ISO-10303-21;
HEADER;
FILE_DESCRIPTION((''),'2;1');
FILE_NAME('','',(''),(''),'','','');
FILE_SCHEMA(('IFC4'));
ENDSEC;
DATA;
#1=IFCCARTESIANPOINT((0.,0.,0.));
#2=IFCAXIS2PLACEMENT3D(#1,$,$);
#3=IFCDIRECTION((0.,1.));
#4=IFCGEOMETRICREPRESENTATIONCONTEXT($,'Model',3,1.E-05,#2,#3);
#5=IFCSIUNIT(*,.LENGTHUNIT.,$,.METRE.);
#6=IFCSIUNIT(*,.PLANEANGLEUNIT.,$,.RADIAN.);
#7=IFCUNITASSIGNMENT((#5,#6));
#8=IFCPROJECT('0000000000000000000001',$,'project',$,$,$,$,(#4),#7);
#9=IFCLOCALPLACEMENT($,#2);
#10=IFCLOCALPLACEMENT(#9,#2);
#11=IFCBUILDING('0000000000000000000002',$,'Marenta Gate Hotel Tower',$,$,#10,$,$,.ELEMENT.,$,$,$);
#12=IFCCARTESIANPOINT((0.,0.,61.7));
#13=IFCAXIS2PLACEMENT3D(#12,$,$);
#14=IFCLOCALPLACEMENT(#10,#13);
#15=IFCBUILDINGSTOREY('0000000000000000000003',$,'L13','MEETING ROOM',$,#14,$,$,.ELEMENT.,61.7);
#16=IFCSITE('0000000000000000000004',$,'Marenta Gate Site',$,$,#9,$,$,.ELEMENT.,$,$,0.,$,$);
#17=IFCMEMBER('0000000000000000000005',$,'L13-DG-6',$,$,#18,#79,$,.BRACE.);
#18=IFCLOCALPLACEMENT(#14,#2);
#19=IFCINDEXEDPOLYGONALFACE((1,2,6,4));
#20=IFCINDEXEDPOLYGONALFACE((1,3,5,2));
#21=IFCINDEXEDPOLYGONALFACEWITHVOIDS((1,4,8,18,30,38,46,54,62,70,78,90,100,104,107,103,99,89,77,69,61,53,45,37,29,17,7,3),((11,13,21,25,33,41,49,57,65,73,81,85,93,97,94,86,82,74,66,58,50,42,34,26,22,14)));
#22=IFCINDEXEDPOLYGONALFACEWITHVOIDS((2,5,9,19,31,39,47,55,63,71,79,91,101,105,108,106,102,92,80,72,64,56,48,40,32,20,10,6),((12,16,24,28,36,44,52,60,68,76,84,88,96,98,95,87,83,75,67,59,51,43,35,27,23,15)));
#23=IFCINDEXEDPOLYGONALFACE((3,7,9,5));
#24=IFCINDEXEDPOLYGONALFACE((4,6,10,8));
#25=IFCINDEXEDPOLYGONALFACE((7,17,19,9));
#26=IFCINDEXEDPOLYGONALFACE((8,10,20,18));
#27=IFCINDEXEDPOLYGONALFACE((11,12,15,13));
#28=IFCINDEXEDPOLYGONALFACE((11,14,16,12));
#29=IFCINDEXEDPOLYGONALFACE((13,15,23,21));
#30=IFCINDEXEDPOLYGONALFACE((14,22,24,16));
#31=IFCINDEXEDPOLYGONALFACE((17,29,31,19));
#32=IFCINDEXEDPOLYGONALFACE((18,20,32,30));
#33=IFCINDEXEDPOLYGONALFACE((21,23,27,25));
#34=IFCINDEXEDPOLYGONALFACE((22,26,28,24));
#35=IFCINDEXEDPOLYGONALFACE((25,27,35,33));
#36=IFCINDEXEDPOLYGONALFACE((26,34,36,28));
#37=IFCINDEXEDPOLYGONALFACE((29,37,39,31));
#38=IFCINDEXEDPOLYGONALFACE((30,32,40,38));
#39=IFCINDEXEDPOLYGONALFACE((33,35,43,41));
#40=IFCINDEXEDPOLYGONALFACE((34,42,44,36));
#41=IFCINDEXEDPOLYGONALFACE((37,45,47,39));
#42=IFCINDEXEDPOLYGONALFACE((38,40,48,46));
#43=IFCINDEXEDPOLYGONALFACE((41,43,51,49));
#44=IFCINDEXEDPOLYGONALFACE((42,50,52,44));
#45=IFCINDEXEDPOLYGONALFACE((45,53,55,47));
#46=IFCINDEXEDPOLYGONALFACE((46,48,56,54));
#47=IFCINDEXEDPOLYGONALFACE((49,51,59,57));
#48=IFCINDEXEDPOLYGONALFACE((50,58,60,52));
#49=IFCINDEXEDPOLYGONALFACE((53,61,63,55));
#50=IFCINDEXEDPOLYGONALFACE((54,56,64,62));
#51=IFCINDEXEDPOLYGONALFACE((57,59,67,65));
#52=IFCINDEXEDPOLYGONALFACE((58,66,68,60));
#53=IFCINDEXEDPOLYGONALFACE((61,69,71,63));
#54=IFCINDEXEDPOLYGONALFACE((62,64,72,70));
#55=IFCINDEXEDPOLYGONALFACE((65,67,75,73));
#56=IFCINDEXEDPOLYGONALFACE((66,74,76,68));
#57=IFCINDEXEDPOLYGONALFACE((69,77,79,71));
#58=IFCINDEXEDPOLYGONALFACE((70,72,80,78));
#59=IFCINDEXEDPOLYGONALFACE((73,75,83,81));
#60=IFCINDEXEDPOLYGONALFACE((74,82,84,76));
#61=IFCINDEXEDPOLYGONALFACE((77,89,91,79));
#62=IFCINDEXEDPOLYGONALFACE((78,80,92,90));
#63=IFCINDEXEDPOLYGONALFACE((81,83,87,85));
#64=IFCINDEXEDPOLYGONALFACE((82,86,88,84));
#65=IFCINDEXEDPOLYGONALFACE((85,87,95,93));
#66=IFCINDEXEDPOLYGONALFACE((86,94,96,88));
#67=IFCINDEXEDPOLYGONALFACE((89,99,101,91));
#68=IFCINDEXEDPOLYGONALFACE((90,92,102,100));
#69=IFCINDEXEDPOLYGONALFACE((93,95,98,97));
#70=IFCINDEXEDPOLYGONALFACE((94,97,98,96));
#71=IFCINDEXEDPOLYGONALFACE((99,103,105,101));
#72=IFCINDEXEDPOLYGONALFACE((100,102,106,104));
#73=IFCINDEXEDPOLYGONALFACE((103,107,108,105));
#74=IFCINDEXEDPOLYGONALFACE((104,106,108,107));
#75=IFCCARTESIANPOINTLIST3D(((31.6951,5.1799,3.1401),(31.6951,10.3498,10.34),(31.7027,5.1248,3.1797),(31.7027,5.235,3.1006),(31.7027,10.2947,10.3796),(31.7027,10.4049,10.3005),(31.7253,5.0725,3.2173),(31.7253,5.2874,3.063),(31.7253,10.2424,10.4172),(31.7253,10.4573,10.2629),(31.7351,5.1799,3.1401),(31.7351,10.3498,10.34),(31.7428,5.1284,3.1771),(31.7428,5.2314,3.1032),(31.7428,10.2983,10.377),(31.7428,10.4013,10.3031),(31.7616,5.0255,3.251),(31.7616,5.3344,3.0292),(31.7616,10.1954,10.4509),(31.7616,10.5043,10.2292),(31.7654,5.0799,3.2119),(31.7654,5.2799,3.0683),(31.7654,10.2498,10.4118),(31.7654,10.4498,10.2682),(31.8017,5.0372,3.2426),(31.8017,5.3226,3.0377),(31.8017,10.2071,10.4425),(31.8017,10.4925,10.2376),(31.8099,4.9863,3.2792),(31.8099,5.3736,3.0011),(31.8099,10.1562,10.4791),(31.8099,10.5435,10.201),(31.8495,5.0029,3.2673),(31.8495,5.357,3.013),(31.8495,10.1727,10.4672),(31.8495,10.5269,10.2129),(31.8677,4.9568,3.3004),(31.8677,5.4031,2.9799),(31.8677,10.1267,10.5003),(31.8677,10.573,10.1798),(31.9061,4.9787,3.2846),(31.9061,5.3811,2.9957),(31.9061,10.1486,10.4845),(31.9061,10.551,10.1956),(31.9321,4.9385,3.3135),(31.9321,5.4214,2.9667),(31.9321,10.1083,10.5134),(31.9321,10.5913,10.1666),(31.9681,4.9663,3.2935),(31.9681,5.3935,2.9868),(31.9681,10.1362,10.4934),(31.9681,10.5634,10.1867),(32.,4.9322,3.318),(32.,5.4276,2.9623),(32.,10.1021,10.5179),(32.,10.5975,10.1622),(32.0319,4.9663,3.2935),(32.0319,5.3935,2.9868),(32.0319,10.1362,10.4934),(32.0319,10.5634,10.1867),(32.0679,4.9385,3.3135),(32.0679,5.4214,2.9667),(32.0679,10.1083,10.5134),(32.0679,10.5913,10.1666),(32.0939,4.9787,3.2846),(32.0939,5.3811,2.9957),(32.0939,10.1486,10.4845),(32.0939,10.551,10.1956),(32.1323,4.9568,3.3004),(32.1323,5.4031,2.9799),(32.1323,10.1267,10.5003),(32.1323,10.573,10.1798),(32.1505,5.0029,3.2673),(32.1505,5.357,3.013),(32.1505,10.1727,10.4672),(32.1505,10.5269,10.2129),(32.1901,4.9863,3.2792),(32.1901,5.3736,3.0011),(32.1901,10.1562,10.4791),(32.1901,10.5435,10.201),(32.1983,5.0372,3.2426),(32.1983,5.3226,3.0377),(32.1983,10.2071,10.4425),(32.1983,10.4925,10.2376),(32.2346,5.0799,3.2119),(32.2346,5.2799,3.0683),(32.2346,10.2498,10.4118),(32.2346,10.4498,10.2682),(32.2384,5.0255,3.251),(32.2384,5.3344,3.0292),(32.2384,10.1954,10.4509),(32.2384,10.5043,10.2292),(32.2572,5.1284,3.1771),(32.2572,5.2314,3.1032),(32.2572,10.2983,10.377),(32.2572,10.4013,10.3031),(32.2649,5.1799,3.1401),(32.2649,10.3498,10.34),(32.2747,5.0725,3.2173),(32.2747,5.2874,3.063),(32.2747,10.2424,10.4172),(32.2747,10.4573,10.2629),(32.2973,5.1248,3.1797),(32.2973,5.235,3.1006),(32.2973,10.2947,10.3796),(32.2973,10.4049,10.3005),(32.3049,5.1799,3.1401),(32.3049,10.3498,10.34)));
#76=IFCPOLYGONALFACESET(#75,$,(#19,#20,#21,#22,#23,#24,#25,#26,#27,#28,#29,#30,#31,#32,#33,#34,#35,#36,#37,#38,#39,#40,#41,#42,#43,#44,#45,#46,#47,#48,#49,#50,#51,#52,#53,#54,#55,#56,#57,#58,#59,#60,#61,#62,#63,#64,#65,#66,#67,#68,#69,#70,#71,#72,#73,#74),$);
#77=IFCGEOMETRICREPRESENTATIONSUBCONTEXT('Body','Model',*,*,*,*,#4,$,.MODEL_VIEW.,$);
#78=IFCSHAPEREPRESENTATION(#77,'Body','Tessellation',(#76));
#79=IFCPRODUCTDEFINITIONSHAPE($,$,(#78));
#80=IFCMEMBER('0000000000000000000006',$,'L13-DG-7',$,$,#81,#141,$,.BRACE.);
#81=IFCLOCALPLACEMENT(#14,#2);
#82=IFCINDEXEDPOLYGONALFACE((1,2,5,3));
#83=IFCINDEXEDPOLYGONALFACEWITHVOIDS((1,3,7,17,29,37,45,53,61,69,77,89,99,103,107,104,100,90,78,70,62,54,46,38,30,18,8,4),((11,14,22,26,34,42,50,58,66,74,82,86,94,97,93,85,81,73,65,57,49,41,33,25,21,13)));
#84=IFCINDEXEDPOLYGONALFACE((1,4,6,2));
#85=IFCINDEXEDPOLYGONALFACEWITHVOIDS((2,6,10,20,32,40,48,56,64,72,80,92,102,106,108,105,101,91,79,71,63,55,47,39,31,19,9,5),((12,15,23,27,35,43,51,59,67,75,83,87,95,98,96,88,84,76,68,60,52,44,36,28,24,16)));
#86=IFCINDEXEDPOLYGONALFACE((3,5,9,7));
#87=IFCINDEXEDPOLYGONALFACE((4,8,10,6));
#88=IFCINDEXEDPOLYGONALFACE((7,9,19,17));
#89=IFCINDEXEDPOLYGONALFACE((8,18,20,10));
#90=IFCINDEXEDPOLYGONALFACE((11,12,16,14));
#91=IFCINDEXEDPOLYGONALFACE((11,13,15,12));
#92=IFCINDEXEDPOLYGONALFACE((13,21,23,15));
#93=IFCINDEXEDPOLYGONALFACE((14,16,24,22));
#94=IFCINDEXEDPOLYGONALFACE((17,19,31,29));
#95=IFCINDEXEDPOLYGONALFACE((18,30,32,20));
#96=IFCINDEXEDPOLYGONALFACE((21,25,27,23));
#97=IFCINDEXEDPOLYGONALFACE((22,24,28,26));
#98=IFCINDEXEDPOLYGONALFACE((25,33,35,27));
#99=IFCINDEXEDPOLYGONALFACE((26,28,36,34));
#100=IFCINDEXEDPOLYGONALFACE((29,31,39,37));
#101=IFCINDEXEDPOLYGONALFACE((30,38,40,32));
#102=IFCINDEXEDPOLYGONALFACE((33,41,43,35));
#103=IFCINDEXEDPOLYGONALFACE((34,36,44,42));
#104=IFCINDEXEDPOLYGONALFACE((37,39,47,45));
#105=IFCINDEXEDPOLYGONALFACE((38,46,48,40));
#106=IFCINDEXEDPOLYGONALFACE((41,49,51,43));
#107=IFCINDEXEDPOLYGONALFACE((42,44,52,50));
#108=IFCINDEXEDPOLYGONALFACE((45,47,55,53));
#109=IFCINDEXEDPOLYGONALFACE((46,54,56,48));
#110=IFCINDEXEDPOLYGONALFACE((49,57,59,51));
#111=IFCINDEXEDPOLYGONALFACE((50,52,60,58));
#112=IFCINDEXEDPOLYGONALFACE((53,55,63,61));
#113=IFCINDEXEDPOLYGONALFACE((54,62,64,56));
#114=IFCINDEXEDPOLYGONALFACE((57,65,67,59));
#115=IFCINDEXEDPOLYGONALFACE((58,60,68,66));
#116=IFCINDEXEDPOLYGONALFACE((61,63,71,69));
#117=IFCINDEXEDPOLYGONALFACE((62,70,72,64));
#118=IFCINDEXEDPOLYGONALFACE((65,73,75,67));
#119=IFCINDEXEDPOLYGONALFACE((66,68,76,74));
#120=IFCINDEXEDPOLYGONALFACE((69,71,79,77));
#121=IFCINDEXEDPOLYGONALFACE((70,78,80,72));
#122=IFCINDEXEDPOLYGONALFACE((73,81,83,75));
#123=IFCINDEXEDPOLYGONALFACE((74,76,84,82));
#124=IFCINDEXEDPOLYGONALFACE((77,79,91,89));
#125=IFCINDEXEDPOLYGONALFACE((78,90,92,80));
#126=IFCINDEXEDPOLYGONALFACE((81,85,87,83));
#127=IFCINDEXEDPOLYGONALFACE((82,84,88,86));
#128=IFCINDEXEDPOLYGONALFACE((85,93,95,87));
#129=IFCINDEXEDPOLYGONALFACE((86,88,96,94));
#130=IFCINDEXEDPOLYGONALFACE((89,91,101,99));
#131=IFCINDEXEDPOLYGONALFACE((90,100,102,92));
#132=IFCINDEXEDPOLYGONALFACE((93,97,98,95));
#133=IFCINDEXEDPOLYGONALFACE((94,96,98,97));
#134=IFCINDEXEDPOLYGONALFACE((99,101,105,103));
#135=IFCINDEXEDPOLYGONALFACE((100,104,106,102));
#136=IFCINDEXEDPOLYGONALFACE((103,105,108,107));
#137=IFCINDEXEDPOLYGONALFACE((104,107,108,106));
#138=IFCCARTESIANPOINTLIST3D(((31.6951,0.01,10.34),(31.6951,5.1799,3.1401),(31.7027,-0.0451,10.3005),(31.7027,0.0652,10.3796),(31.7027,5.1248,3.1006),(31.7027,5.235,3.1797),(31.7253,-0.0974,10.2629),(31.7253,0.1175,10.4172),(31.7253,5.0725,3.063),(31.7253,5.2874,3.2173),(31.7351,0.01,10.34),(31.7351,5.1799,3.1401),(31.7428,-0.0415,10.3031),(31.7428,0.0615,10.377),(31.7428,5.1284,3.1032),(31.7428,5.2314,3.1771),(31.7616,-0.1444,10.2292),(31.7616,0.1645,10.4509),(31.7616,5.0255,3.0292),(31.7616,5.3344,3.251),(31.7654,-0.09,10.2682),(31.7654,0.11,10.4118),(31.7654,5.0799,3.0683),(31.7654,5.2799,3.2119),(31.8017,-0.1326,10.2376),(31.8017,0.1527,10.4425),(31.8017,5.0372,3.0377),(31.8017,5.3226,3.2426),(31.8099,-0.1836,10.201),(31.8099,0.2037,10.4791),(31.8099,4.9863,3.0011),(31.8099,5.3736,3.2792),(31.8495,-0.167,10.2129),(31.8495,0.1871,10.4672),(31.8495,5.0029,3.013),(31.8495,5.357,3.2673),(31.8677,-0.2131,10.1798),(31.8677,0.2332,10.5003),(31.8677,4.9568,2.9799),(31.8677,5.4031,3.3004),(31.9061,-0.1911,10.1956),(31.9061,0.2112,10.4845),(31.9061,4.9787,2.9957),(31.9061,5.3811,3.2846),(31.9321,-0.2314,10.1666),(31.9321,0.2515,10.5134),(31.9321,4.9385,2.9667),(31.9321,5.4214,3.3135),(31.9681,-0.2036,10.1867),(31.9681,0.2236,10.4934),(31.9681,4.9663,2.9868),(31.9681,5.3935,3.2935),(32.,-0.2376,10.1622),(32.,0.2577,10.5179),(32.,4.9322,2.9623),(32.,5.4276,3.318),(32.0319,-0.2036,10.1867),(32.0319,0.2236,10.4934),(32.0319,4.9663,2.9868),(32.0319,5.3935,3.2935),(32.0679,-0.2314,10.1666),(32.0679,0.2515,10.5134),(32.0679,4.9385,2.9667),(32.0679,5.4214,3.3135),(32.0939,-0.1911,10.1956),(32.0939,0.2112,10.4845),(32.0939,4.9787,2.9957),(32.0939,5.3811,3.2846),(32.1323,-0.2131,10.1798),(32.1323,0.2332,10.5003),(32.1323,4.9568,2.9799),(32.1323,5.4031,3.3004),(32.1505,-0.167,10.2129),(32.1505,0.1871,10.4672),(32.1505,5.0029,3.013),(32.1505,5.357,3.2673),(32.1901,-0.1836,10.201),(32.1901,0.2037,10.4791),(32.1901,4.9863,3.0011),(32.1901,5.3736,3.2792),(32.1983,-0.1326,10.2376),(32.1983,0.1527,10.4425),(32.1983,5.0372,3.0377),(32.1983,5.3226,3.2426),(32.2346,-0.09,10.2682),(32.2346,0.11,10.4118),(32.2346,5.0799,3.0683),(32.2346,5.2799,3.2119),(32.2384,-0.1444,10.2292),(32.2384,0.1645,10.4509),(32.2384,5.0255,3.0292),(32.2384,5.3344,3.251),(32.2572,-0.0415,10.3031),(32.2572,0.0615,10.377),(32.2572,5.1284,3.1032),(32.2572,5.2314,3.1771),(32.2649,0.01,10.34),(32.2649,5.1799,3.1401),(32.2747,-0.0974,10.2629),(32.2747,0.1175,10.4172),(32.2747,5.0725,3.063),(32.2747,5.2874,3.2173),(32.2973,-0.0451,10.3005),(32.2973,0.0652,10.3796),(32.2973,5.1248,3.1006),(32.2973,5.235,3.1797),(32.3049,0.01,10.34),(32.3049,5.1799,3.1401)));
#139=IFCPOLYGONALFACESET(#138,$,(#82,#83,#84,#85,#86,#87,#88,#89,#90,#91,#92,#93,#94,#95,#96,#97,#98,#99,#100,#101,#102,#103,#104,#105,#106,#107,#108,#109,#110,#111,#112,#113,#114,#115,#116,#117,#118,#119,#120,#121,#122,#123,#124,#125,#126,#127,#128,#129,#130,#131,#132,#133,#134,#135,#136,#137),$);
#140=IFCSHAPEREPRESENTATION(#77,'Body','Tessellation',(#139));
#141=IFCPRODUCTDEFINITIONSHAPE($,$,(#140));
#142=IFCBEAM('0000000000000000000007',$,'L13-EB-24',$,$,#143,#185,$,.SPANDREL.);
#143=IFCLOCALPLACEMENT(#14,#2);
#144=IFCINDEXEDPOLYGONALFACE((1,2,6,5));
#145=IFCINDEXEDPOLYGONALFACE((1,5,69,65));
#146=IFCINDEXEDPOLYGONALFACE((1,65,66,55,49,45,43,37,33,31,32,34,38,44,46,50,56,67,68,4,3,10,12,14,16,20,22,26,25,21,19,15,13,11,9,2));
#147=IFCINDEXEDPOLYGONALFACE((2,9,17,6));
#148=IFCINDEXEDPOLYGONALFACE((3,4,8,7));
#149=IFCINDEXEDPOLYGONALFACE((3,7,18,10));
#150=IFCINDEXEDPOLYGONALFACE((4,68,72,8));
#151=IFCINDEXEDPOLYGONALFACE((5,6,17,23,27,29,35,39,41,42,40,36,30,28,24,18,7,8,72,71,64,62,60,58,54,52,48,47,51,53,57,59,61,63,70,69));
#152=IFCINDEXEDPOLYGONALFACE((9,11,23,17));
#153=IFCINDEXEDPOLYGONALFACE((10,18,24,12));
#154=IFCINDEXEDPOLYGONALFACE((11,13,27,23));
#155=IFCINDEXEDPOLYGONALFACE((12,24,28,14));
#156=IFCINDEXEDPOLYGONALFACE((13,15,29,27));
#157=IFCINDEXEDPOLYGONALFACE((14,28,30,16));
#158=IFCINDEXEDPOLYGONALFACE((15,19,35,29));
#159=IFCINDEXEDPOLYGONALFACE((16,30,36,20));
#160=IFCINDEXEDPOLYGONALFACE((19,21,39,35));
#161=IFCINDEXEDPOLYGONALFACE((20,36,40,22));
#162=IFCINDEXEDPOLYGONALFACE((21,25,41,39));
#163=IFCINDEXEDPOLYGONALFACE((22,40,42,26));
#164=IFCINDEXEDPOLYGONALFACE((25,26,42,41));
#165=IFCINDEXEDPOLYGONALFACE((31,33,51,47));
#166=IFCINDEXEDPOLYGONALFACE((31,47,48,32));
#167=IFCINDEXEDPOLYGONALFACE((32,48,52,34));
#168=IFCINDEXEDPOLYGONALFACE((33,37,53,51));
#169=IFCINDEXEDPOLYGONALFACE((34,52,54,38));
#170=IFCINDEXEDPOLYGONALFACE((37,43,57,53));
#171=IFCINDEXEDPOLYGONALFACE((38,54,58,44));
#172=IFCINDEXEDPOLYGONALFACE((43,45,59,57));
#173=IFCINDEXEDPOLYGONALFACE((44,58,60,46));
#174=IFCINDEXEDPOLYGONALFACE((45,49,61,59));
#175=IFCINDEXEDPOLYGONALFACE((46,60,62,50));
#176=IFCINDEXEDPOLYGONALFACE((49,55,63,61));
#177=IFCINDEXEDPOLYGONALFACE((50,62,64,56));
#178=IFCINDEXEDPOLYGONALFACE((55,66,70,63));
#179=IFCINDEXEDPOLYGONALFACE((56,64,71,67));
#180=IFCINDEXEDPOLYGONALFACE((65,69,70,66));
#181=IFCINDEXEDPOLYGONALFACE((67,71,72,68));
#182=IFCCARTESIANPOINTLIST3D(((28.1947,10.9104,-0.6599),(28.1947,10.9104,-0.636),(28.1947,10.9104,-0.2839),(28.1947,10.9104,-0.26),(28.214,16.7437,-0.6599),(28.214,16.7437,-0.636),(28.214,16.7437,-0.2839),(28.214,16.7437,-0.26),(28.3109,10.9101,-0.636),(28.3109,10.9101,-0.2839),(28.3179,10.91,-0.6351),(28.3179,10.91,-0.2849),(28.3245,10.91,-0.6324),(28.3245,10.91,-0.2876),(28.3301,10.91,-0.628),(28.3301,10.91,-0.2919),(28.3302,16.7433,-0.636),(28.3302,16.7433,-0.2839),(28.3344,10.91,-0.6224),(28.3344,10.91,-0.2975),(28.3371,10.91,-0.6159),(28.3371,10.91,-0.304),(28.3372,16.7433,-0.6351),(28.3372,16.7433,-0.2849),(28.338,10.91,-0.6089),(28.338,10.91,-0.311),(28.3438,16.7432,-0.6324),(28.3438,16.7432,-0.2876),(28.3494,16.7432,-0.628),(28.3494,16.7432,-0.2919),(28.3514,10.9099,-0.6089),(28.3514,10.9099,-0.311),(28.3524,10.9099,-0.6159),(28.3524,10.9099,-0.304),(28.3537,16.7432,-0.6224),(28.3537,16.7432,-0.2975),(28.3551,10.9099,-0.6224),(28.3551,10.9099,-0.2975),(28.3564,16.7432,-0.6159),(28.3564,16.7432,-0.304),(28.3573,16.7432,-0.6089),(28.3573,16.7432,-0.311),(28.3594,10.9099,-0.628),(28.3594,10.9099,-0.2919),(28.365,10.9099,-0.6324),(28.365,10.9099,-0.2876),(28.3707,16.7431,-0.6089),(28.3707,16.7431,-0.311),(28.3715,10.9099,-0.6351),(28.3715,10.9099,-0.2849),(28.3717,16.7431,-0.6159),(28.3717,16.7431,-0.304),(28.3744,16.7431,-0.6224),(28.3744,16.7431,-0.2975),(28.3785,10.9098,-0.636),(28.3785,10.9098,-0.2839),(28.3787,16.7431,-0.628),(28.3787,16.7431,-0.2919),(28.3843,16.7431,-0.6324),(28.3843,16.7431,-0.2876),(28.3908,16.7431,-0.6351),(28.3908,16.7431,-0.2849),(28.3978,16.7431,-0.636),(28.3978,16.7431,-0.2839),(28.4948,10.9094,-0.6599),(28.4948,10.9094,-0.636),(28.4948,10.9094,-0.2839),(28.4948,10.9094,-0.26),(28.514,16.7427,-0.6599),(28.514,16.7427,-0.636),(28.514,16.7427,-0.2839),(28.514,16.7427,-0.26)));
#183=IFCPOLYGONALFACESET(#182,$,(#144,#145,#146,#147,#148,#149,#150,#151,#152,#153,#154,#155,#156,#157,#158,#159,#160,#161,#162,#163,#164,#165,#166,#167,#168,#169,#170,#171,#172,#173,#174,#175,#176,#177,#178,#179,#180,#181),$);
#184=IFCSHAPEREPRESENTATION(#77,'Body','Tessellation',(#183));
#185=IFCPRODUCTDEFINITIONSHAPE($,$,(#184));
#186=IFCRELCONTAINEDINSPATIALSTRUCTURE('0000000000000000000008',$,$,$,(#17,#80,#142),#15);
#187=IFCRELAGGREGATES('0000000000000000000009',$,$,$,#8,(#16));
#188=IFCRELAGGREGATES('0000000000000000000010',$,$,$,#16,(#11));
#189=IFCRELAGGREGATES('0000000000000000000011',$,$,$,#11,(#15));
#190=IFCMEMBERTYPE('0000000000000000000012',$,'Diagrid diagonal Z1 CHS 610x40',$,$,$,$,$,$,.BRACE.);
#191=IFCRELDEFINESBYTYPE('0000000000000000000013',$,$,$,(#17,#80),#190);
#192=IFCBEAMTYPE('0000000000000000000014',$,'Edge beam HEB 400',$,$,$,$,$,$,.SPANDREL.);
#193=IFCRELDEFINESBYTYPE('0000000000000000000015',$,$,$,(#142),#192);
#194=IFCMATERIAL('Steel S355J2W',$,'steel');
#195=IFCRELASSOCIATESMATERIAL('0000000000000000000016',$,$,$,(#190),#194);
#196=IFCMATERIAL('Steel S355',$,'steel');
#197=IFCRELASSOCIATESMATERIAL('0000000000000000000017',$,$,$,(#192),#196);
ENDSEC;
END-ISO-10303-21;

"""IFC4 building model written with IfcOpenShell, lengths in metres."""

from ifc_helpers import new_model, si_unit, direction, frame, origin, origin_2d, place, context, subcontext, project, spatial, hollow_circle, i_section, extrude, material, material_profile, profile_set, type_object, element, save


model = new_model("IFC4")

# Units and contexts
model_context = context("Model", 3, precision=1e-05, world=origin(), true_north=direction((0.0, 1.0)))
body_context = subcontext(model_context, "Body", "Model", "MODEL_VIEW")
ifc_project = project(units=[si_unit("LENGTHUNIT", "METRE"), si_unit("PLANEANGLEUNIT", "RADIAN")], contexts=[model_context])

# Site, building, storey
site_placement = place(None, origin())
site = spatial("IfcSite", under=ifc_project, at=site_placement, Name="Marenta Gate Site", CompositionType="ELEMENT", RefElevation=0.0)
building_placement = place(site_placement, origin())
building = spatial("IfcBuilding", under=site, at=building_placement, Name="Marenta Gate Hotel Tower", CompositionType="ELEMENT")
storey_placement = place(building_placement, frame((0.0, 0.0, 61.7)))
storey = spatial("IfcBuildingStorey", under=building, at=storey_placement, Name="L13", Description="MEETING ROOM", CompositionType="ELEMENT", Elevation=61.7)

# Members
ifc_material_1 = material(Name="Steel S355J2W", Category="steel")
ifc_material_profile_1 = material_profile(ifc_material_1, hollow_circle(Radius=0.3049, WallThickness=0.04, at=origin_2d()), Name="CHS 610x40")
ifc_profile_set_1 = profile_set([ifc_material_profile_1], Name="Steel S355J2W")
member_type_1 = type_object("IfcMemberType", Name="Diagrid diagonal Z1 CHS 610x40", PredefinedType="BRACE", material=ifc_profile_set_1)
for number, where, z_axis, x_axis, name in (
    (1, (32.0, 5.1799, 3.1401), (0.0, 0.583261, 0.812285), (-1.0, 0.0, 0.0), "L13-DG-6"),
    (2, (32.0, 5.1799, 3.1401), (0.0, -0.583261, 0.812285), (1.0, 0.0, 0.0), "L13-DG-7"),
):
    element("IfcMember", number, at=place(storey_placement, frame(where, z_axis=z_axis, x_axis=x_axis)), inside=storey, type_object=member_type_1, Name=name, PredefinedType="BRACE", context=body_context, shape_type="SweptSolid", body=[
        extrude(hollow_circle(Radius=0.3049, WallThickness=0.04, at=origin_2d()), origin(), (0.0, 0.0, 1.0), 8.8638),
    ])

# Beam
ifc_material_2 = material(Name="Steel S355", Category="steel")
ifc_material_profile_2 = material_profile(ifc_material_2, i_section(OverallWidth=0.3, OverallDepth=0.3999, WebThickness=0.0134, FlangeThickness=0.0239, FilletRadius=0.0271, at=origin_2d()), Name="HEB 400")
ifc_profile_set_2 = profile_set([ifc_material_profile_2], Name="Steel S355")
beam_type = type_object("IfcBeamType", Name="Edge beam HEB 400", PredefinedType="SPANDREL", material=ifc_profile_set_2)
beam_1_placement = place(storey_placement, frame((28.364, 16.7432, -0.46), z_axis=(-0.003306, -0.999995, 0.0), x_axis=(0.999995, -0.003306, 0.0)))
element("IfcBeam", 3, at=beam_1_placement, inside=storey, type_object=beam_type, Name="L13-EB-24", PredefinedType="SPANDREL", context=body_context, shape_type="SweptSolid", body=[
    extrude(i_section(OverallWidth=0.3, OverallDepth=0.3999, WebThickness=0.0134, FlangeThickness=0.0239, FilletRadius=0.0271, at=origin_2d()), origin(), (0.0, 0.0, 1.0), 5.8333),
])

save(model, "model.ifc")
